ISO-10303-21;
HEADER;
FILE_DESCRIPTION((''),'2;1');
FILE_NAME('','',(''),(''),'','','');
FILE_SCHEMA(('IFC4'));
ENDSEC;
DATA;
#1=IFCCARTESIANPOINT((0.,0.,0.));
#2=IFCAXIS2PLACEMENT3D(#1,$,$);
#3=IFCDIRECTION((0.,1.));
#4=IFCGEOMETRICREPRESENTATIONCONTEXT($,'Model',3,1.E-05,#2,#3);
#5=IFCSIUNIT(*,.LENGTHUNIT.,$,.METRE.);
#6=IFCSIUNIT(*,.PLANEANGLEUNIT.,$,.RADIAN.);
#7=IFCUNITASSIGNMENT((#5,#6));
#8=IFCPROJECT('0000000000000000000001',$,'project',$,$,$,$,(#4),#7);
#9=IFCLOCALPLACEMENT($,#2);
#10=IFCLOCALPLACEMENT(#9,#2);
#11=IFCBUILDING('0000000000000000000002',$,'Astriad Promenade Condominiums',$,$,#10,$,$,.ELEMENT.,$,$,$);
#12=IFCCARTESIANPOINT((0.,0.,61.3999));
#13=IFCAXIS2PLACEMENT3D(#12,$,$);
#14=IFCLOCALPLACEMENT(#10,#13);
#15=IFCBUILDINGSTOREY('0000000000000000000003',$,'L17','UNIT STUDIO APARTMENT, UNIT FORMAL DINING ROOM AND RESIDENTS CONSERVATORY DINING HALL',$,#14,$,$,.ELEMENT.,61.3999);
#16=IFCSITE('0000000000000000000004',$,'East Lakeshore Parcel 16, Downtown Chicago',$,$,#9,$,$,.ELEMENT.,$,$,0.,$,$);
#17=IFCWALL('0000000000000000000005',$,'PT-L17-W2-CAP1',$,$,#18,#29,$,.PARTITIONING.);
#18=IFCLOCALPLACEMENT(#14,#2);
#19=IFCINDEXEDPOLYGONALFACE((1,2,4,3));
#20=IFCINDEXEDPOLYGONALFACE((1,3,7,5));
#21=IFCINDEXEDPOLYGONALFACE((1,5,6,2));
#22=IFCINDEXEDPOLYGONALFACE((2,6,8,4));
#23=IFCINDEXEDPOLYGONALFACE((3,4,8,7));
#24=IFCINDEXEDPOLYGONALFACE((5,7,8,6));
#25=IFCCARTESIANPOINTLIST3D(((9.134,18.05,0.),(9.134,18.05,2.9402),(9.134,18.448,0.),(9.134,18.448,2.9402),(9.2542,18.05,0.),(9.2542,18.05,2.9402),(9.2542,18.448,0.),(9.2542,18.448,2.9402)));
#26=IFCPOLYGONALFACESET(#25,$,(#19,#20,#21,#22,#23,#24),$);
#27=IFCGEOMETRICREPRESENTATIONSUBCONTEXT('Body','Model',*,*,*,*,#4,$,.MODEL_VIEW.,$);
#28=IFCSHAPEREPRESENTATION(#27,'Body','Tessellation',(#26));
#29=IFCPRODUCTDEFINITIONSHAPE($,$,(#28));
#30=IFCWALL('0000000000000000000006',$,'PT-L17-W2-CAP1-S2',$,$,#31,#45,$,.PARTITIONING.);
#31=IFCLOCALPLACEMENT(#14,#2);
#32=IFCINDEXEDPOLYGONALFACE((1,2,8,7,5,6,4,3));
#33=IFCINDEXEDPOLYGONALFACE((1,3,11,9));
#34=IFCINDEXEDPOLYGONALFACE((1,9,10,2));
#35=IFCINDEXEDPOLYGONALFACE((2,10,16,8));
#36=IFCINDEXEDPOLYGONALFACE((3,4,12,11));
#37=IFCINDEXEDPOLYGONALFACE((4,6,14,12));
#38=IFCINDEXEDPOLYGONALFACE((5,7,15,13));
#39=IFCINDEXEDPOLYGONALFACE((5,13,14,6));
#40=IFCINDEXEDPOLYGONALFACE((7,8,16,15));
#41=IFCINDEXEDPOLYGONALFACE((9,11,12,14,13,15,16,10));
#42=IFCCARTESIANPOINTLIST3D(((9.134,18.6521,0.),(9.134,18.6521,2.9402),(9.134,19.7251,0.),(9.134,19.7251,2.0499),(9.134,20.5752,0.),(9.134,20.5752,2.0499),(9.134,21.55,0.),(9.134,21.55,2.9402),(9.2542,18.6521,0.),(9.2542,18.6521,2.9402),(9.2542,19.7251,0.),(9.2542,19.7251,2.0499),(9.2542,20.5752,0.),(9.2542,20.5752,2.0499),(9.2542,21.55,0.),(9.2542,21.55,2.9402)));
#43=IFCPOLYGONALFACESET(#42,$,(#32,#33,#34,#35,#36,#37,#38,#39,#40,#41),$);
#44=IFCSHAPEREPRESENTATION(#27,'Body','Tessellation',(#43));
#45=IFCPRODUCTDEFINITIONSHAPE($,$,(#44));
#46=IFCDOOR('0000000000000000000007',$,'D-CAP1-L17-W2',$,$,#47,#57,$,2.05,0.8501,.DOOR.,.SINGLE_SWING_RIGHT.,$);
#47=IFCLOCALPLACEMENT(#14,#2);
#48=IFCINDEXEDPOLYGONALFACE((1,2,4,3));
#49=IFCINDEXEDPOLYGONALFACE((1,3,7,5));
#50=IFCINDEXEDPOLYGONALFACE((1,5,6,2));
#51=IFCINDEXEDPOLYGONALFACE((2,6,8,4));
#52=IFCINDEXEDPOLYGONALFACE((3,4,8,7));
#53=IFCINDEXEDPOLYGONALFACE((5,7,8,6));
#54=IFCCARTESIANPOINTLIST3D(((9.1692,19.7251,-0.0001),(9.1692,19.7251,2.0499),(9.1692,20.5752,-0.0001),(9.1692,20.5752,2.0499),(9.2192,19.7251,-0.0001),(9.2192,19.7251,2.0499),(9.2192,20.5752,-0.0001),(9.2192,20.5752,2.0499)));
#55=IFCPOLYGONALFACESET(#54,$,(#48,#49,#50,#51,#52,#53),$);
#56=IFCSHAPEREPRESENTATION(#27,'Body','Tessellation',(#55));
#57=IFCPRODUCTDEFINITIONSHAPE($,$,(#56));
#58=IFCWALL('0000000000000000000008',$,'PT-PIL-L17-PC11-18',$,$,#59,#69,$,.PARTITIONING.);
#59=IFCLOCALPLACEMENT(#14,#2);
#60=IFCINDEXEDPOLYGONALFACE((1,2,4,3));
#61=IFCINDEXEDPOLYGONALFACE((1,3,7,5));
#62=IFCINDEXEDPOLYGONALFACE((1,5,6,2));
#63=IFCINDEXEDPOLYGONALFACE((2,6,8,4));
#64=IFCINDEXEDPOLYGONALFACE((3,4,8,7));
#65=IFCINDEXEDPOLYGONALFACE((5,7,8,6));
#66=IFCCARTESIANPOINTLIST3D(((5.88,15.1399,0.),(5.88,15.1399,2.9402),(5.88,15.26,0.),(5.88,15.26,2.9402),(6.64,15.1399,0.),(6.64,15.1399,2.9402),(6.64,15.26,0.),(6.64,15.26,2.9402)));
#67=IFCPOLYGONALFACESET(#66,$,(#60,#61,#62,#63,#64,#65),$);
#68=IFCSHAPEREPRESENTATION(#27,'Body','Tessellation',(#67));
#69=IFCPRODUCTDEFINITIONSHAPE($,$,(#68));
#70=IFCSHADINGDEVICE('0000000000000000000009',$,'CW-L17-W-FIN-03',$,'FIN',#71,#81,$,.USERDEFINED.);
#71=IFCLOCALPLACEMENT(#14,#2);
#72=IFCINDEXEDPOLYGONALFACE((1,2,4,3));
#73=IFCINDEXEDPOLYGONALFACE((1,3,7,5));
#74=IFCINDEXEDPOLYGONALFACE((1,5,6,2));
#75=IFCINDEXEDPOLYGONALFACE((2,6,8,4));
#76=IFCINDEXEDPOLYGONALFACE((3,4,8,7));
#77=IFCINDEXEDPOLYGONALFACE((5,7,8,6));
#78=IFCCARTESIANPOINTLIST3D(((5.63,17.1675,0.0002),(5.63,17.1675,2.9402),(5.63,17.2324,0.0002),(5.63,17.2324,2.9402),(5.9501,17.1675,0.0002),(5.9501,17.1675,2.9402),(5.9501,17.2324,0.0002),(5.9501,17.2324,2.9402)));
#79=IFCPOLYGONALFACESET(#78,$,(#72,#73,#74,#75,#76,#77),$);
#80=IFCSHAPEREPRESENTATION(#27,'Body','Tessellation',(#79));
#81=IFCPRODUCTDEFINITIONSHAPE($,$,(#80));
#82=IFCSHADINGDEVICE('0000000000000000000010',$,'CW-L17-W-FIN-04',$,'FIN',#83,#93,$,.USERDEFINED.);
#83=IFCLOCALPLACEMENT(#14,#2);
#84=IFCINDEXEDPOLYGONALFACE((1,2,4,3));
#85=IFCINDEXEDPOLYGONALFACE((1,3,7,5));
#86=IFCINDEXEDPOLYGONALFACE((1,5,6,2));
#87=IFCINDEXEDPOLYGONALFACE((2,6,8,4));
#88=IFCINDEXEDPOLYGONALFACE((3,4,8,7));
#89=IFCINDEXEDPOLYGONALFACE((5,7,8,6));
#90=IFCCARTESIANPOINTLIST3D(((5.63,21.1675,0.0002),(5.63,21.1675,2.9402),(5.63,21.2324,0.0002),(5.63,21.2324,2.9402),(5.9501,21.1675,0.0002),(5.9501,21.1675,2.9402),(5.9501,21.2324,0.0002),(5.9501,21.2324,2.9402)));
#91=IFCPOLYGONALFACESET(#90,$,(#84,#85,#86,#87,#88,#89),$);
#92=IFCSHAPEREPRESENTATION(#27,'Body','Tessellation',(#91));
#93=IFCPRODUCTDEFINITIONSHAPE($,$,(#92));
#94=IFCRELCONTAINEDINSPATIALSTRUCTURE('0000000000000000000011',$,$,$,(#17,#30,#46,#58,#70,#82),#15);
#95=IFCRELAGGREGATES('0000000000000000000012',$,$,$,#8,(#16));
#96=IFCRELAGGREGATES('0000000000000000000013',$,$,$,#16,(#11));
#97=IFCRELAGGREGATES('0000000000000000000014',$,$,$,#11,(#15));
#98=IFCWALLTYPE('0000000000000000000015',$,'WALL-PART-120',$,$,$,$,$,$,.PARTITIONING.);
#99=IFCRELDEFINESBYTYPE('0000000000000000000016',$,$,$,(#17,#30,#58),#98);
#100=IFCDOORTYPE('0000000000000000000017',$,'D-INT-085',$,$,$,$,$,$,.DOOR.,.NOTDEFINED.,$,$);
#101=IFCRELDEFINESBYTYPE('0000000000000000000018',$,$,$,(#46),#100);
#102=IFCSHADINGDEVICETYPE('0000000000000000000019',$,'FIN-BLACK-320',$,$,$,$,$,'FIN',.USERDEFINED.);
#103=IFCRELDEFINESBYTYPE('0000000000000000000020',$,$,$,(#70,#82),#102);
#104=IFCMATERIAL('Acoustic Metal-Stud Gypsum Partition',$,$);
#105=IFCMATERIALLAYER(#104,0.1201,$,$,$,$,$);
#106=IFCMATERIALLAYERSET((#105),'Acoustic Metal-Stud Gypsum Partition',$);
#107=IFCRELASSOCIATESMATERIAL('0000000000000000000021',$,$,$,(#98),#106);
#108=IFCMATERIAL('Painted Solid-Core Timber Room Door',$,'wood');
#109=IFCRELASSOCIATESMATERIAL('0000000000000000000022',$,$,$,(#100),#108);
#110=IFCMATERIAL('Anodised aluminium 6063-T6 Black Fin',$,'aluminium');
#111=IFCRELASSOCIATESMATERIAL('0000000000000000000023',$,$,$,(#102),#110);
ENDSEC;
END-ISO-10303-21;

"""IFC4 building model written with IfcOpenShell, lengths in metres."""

from ifc_helpers import new_model, si_unit, direction, frame, frame_2d, origin, origin_2d, place, context, subcontext, project, spatial, rectangle, extrude, source, transform, mapped, material, layer, layer_set, type_object, type_shapes, element, fill, save


model = new_model("IFC4")

# Units and contexts
model_context = context("Model", 3, precision=1e-05, world=origin(), true_north=direction((0.0, 1.0)))
body_context = subcontext(model_context, "Body", "Model", "MODEL_VIEW")
ifc_project = project(units=[si_unit("LENGTHUNIT", "METRE"), si_unit("PLANEANGLEUNIT", "RADIAN")], contexts=[model_context])

# Site, building, storey
site_placement = place(None, origin())
site = spatial("IfcSite", under=ifc_project, at=site_placement, Name="East Lakeshore Parcel 16, Downtown Chicago", CompositionType="ELEMENT", RefElevation=0.0)
building_placement = place(site_placement, origin())
building = spatial("IfcBuilding", under=site, at=building_placement, Name="Astriad Promenade Condominiums", CompositionType="ELEMENT")
storey_placement = place(building_placement, frame((0.0, 0.0, 61.3999)))
storey = spatial("IfcBuildingStorey", under=building, at=storey_placement, Name="L17", Description="UNIT STUDIO APARTMENT, UNIT FORMAL DINING ROOM AND RESIDENTS CONSERVATORY DINING HALL", CompositionType="ELEMENT", Elevation=61.3999)

# Wall
ifc_material_1 = material(Name="Acoustic Metal-Stud Gypsum Partition")
ifc_layer_1 = layer(ifc_material_1, 0.1201)
ifc_layer_set_1 = layer_set([ifc_layer_1], Name="Acoustic Metal-Stud Gypsum Partition")
wall_type_1 = type_object("IfcWallType", Name="WALL-PART-120", PredefinedType="PARTITIONING", material=ifc_layer_set_1)
wall_1_placement = place(storey_placement, frame((9.1941, 18.05, 0.0), z_axis=(0.0, 0.0, 1.0), x_axis=(0.0, 1.0, 0.0)))
element("IfcWall", 1, at=wall_1_placement, inside=storey, type_object=wall_type_1, Name="PT-L17-W2-CAP1", PredefinedType="PARTITIONING", context=body_context, shape_type="SweptSolid", body=[
    extrude(rectangle(XDim=0.3979, YDim=0.1201, at=frame_2d((0.199, 0.0))), origin(), (0.0, 0.0, 1.0), 2.9402),
])

# Wall, opening, door
wall_2_placement = place(storey_placement, frame((9.1941, 18.6521, 0.0), z_axis=(0.0, 0.0, 1.0), x_axis=(0.0, 1.0, 0.0)))
wall_2 = element("IfcWall", 2, at=wall_2_placement, inside=storey, type_object=wall_type_1, Name="PT-L17-W2-CAP1-S2", PredefinedType="PARTITIONING", context=body_context, shape_type="SweptSolid", body=[
    extrude(rectangle(XDim=2.8979, YDim=0.1201, at=frame_2d((1.449, 0.0))), origin(), (0.0, 0.0, 1.0), 2.9402),
])
opening_placement = place(wall_2_placement, frame((1.073, 0.0, 0.0)))
opening = element("IfcOpeningElement", 3, at=opening_placement, cuts=wall_2, PredefinedType="OPENING", context=body_context, shape_type="SweptSolid", body=[
    extrude(rectangle(XDim=0.8501, YDim=2.05, at=frame_2d((0.425, 1.0249))), frame((0.0, 0.0701, 0.0), z_axis=(0.0, -1.0, 0.0), x_axis=(1.0, 0.0, 0.0)), (0.0, 0.0, 1.0), 0.1401),
])
ifc_material_2 = material(Name="Painted Solid-Core Timber Room Door", Category="wood")
door_type = type_object("IfcDoorType", Name="D-INT-085", OperationType="NOTDEFINED", PredefinedType="DOOR", material=ifc_material_2)
shared_shape_1 = source(origin(), body_context, "Body", "SweptSolid", [
    extrude(rectangle(XDim=0.8501, YDim=2.05, at=frame_2d((0.425, 1.0249))), frame((0.0, 0.0249, 0.0), z_axis=(0.0, -1.0, 0.0), x_axis=(1.0, 0.0, 0.0)), (0.0, 0.0, 1.0), 0.05),
])
type_shapes(door_type, [shared_shape_1])
door_placement = place(opening_placement, origin())
door = element("IfcDoor", 4, at=door_placement, inside=storey, type_object=door_type, Name="D-CAP1-L17-W2", OperationType="SINGLE_SWING_RIGHT", OverallHeight=2.05, OverallWidth=0.8501, PredefinedType="DOOR", context=body_context, shape_type="MappedRepresentation", body=[
    mapped(shared_shape_1, transform((0.0, 0.0, 0.0), scale=1.0)),
])
fill(opening, door)

# Wall
wall_3_placement = place(storey_placement, frame((6.6399, 15.2, 0.0), z_axis=(0.0, 0.0, 1.0), x_axis=(-1.0, 0.0, 0.0)))
element("IfcWall", 5, at=wall_3_placement, inside=storey, type_object=wall_type_1, Name="PT-PIL-L17-PC11-18", PredefinedType="PARTITIONING", context=body_context, shape_type="SweptSolid", body=[
    extrude(rectangle(XDim=0.76, YDim=0.1201, at=frame_2d((0.3799, 0.0))), origin(), (0.0, 0.0, 1.0), 2.9402),
])

# Shading devices
ifc_material_3 = material(Name="Anodised aluminium 6063-T6 Black Fin", Category="aluminium")
shading_device_type = type_object("IfcShadingDeviceType", Name="FIN-BLACK-320", ElementType="FIN", PredefinedType="USERDEFINED", material=ifc_material_3)
shared_shape_2 = source(origin(), body_context, "Body", "SweptSolid", [
    extrude(rectangle(XDim=0.0649, YDim=0.3201, at=origin_2d()), origin(), (0.0, 0.0, 1.0), 2.9399),
])
type_shapes(shading_device_type, [shared_shape_2])
for number, where, z_axis, x_axis, name in (
    (6, (5.79, 17.2, 0.0002), (0.0, 0.0, 1.0), (0.0, 1.0, 0.0), "CW-L17-W-FIN-03"),
    (7, (5.79, 21.2, 0.0002), (0.0, 0.0, 1.0), (0.0, 1.0, 0.0), "CW-L17-W-FIN-04"),
):
    element("IfcShadingDevice", number, at=place(storey_placement, frame(where, z_axis=z_axis, x_axis=x_axis)), inside=storey, type_object=shading_device_type, Name=name, ObjectType="FIN", PredefinedType="USERDEFINED", context=body_context, shape_type="MappedRepresentation", body=[
        mapped(shared_shape_2, transform((0.0, 0.0, 0.0), scale=1.0)),
    ])

save(model, "model.ifc")
